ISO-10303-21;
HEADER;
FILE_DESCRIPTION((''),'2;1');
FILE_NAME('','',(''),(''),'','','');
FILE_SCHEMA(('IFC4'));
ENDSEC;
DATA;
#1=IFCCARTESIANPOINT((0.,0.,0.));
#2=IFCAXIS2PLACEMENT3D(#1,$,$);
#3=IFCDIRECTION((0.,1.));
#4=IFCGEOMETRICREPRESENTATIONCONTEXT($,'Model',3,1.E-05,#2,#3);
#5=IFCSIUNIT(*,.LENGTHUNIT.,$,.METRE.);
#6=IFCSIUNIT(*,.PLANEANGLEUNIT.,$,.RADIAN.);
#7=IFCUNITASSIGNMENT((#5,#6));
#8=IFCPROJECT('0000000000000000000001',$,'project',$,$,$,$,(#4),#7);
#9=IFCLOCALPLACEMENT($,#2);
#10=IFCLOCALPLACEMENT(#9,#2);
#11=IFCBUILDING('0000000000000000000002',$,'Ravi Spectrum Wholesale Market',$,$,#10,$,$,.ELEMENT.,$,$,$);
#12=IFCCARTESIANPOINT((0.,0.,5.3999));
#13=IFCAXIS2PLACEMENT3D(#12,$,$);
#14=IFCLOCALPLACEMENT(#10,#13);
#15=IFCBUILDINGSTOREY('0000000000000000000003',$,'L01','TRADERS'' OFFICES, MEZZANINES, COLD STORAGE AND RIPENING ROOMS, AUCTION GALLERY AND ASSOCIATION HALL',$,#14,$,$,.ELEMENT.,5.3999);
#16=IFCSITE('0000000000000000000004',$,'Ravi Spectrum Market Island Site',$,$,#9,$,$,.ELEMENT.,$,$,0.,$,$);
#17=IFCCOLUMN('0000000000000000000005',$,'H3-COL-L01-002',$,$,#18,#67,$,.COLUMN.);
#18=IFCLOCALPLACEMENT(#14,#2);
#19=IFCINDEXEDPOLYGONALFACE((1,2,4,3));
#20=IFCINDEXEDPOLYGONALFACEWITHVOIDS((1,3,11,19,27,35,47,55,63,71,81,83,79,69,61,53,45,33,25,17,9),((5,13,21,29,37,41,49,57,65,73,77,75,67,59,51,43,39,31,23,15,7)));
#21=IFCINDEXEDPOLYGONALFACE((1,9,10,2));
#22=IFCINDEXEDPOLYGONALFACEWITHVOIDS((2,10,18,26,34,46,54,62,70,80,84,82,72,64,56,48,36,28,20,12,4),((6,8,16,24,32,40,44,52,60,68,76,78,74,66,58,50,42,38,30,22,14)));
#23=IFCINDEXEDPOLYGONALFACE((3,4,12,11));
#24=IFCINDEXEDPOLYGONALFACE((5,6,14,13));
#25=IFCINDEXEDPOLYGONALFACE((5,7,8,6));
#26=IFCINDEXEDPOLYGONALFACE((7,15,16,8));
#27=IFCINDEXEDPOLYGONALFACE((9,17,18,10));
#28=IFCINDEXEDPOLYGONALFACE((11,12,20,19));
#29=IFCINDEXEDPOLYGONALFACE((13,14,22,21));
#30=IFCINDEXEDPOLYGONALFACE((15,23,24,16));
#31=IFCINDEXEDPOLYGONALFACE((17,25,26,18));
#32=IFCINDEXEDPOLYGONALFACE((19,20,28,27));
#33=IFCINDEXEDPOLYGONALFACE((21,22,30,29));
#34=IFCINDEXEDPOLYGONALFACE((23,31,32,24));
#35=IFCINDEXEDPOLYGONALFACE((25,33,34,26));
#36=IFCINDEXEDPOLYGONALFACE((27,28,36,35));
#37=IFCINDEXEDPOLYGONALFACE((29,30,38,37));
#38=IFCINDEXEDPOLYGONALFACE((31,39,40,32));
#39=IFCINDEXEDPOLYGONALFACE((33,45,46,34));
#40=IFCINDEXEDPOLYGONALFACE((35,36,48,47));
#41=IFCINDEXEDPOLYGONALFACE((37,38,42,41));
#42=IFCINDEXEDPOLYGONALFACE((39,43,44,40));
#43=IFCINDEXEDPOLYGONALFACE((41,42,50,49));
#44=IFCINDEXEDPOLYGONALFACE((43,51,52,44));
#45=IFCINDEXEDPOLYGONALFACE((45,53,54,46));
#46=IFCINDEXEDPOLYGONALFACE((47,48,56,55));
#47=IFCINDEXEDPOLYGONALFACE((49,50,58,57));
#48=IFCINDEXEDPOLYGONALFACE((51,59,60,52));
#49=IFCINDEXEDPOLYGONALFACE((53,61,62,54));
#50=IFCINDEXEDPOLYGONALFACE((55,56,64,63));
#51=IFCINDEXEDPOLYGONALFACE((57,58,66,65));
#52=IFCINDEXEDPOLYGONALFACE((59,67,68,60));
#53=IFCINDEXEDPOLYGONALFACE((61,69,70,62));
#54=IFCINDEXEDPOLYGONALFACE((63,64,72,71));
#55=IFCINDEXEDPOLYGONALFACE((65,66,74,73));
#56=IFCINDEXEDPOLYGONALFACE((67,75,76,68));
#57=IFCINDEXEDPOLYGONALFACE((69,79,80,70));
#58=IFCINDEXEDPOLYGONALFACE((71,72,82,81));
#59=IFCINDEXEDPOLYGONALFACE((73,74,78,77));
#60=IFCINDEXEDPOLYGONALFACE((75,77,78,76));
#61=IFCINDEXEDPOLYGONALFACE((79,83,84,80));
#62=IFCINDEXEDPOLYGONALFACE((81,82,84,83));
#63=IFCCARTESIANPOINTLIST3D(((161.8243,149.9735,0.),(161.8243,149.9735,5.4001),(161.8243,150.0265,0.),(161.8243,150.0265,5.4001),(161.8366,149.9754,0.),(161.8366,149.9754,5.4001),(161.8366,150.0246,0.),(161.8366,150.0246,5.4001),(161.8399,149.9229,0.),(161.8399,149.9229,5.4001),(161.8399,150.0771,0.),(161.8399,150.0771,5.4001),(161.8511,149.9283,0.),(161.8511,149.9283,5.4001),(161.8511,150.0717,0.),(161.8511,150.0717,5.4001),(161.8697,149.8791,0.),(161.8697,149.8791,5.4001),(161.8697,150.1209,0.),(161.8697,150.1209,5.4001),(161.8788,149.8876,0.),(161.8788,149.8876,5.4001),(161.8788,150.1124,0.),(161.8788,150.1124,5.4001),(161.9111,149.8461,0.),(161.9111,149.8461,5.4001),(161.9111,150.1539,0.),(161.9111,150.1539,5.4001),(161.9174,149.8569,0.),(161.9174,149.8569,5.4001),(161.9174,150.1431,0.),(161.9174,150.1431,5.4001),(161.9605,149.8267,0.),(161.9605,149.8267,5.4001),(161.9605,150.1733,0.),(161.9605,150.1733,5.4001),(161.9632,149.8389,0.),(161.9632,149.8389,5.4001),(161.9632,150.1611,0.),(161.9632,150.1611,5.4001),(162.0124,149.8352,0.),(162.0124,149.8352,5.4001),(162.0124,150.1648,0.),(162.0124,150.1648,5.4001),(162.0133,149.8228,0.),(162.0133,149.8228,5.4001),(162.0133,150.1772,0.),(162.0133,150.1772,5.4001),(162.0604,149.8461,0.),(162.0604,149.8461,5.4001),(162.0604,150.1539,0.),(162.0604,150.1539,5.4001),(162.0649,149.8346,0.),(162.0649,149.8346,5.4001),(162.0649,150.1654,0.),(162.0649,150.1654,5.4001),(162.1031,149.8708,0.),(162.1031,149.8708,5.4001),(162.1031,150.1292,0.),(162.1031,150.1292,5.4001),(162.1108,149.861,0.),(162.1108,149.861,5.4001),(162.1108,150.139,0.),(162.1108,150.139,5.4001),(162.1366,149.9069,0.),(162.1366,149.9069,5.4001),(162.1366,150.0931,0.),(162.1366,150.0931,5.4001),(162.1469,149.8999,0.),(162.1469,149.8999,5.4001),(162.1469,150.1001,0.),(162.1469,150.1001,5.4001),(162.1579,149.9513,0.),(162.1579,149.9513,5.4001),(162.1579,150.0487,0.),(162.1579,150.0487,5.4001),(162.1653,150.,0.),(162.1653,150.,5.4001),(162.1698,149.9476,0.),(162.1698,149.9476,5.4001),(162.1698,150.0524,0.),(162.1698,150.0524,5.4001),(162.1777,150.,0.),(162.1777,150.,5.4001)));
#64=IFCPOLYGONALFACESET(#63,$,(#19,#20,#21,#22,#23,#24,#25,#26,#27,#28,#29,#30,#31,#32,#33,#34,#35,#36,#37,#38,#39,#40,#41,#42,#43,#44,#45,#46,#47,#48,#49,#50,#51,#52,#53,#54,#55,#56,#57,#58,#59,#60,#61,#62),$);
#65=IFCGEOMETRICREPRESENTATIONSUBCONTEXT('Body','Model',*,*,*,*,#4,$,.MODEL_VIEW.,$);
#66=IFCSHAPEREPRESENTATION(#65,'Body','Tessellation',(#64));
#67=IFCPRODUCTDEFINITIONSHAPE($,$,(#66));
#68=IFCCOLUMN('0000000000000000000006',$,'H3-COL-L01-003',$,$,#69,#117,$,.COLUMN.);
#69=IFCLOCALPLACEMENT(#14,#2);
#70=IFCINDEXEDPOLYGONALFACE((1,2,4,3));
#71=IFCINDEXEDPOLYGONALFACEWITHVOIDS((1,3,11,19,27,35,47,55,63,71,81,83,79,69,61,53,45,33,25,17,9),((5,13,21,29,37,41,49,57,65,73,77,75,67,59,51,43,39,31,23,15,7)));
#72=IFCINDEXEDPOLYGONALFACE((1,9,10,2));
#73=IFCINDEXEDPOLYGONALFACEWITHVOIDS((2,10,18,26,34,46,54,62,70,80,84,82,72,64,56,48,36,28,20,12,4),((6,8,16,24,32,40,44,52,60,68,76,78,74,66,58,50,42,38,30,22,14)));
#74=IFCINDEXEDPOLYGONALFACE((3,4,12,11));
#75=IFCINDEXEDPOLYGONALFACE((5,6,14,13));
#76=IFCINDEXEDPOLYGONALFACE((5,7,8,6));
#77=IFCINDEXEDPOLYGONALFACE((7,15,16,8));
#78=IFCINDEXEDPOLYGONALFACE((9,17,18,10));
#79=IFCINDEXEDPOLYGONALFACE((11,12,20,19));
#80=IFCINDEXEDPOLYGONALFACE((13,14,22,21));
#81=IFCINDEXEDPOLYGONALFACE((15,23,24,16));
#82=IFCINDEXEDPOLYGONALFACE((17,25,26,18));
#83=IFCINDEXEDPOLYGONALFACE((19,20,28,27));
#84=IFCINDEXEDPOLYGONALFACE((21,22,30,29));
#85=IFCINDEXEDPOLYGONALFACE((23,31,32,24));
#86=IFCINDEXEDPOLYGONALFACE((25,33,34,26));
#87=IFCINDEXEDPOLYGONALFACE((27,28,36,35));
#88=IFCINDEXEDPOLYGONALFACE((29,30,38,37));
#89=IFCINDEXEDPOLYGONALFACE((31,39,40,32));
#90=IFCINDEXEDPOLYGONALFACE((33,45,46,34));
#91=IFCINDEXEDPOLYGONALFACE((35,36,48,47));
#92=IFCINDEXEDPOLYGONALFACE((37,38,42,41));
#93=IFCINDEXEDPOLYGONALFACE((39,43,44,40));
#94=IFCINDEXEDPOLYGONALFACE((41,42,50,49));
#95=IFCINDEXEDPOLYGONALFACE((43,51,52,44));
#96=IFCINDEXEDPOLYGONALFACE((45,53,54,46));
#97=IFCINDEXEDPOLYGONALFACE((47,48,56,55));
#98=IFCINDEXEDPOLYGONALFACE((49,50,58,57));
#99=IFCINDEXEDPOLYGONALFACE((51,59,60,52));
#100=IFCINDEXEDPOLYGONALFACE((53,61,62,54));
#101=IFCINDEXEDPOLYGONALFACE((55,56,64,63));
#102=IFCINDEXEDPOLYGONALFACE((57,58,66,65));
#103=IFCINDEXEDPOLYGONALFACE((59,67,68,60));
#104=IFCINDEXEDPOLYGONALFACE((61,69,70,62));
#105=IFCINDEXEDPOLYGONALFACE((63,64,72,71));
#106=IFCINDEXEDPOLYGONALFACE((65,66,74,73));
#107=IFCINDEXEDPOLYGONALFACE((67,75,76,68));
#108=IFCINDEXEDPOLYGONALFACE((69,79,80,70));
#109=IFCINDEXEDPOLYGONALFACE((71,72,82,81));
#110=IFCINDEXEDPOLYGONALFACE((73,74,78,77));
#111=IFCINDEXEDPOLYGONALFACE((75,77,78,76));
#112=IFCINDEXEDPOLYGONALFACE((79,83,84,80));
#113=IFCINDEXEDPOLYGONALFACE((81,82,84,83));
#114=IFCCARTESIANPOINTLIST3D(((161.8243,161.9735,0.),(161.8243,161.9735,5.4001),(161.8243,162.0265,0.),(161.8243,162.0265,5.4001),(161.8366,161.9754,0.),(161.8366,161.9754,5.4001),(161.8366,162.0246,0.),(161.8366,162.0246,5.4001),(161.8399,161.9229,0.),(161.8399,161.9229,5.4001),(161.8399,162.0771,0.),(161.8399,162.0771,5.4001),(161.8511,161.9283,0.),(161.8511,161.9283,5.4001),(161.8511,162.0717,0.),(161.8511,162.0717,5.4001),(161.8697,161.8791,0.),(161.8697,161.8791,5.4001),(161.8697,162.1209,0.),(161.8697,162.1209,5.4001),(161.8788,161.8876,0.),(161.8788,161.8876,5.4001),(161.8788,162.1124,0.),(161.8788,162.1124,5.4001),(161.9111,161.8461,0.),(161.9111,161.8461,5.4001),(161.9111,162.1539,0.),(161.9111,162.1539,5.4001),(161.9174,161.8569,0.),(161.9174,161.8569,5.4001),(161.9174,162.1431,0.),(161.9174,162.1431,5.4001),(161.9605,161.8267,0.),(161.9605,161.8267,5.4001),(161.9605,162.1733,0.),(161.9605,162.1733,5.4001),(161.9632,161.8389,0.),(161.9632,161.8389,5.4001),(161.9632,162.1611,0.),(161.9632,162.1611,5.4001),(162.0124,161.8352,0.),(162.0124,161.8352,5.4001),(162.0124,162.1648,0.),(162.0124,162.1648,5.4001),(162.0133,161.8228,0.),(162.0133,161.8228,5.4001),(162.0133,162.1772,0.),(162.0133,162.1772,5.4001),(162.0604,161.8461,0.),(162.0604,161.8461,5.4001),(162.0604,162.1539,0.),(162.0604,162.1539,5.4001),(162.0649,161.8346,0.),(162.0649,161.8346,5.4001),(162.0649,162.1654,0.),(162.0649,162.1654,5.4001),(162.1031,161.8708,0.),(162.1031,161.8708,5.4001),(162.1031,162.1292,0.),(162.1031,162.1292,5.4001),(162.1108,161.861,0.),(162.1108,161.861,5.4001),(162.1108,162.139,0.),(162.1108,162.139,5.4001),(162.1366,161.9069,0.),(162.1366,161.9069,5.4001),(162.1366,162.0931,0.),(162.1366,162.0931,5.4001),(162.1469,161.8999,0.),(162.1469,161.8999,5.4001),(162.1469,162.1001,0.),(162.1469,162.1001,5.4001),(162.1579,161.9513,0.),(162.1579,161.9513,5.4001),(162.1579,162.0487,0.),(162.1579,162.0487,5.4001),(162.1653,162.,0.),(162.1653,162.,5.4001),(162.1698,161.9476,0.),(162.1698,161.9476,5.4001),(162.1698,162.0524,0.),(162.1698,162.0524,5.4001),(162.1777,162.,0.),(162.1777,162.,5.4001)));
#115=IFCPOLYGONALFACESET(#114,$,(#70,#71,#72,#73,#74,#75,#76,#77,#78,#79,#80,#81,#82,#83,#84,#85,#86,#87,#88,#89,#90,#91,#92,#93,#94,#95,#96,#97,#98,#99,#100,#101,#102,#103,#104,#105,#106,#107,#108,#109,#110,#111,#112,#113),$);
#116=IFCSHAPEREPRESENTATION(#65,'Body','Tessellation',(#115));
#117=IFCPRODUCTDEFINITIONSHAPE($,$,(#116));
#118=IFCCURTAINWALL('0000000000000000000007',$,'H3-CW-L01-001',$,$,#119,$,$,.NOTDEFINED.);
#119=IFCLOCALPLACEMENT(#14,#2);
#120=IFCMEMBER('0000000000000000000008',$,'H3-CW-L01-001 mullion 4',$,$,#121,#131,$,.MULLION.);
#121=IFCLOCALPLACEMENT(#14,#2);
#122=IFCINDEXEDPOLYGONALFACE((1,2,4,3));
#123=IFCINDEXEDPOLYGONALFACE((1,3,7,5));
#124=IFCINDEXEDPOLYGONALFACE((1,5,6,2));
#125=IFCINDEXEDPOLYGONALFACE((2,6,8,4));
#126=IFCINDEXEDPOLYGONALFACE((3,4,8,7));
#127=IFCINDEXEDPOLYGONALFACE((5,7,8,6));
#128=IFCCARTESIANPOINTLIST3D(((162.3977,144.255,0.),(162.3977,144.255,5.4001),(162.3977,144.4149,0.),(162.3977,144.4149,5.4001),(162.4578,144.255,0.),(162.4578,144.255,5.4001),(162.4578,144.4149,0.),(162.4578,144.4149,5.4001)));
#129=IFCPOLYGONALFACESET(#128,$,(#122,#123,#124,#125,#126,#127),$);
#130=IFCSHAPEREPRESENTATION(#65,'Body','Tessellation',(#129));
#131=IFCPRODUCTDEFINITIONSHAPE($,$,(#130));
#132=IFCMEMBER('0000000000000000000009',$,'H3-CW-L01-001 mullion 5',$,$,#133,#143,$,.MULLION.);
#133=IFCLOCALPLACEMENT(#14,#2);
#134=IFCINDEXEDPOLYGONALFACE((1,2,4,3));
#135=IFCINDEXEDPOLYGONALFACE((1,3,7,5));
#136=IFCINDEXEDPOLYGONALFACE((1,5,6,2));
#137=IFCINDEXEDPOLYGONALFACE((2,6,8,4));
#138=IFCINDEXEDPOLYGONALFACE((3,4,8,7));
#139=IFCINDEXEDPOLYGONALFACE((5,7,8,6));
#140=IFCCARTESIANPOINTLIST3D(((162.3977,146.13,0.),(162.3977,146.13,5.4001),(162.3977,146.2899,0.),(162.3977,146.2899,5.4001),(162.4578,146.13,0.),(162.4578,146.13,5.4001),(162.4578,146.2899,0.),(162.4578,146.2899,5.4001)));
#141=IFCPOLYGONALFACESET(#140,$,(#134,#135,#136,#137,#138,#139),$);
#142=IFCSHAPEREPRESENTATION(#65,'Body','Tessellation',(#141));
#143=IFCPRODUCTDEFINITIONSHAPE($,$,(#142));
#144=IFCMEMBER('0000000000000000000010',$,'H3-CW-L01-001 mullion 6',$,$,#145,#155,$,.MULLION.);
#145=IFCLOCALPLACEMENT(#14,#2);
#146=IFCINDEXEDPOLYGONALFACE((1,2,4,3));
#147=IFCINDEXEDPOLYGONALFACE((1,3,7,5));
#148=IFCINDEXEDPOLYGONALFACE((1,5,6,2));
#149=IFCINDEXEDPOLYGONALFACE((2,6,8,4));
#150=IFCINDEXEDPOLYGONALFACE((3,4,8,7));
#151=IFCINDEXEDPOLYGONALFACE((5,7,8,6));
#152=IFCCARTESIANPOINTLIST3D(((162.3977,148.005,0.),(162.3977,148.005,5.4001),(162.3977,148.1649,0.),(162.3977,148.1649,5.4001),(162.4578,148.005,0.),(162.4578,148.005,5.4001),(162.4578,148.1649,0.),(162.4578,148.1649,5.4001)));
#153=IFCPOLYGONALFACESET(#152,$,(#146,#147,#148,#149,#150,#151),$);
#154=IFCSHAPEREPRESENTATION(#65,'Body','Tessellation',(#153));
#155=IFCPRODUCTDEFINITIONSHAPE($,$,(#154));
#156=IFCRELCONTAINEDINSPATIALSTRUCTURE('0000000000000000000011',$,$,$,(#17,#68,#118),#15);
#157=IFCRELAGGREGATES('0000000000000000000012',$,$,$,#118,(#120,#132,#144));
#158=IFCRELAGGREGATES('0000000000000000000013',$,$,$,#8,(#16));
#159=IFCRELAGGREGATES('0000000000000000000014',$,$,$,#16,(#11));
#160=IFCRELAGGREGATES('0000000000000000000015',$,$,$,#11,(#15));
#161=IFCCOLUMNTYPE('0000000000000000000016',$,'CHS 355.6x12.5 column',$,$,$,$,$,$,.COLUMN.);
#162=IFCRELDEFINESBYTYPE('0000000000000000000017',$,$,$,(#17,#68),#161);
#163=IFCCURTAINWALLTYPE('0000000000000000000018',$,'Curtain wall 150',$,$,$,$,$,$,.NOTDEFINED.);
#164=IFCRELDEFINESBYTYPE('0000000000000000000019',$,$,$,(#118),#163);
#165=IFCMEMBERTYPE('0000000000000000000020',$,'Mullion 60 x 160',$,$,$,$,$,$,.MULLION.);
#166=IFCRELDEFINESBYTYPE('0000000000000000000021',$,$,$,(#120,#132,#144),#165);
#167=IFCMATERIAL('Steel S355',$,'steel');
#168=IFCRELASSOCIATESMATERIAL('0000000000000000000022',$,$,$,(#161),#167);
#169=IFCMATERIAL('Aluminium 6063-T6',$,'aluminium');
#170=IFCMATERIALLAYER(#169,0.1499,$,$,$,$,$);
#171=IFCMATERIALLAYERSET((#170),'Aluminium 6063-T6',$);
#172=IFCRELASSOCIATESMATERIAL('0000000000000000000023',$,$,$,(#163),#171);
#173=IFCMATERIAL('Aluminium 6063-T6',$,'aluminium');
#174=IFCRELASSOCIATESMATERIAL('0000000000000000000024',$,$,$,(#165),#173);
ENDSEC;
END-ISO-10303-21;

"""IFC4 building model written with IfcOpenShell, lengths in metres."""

from ifc_helpers import new_model, si_unit, direction, frame, origin, origin_2d, place, context, subcontext, project, spatial, rectangle, hollow_circle, extrude, material, layer, layer_set, material_profile, profile_set, type_object, element, aggregate, save


model = new_model("IFC4")

# Units and contexts
model_context = context("Model", 3, precision=1e-05, world=origin(), true_north=direction((0.0, 1.0)))
body_context = subcontext(model_context, "Body", "Model", "MODEL_VIEW")
ifc_project = project(units=[si_unit("LENGTHUNIT", "METRE"), si_unit("PLANEANGLEUNIT", "RADIAN")], contexts=[model_context])

# Site, building, storey
site_placement = place(None, origin())
site = spatial("IfcSite", under=ifc_project, at=site_placement, Name="Ravi Spectrum Market Island Site", CompositionType="ELEMENT", RefElevation=0.0)
building_placement = place(site_placement, origin())
building = spatial("IfcBuilding", under=site, at=building_placement, Name="Ravi Spectrum Wholesale Market", CompositionType="ELEMENT")
storey_placement = place(building_placement, frame((0.0, 0.0, 5.3999)))
storey = spatial("IfcBuildingStorey", under=building, at=storey_placement, Name="L01", Description="TRADERS' OFFICES, MEZZANINES, COLD STORAGE AND RIPENING ROOMS, AUCTION GALLERY AND ASSOCIATION HALL", CompositionType="ELEMENT", Elevation=5.3999)

# Columns
ifc_material_1 = material(Name="Steel S355", Category="steel")
ifc_material_profile_1 = material_profile(ifc_material_1, hollow_circle(Radius=0.1777, WallThickness=0.0125, at=origin_2d()))
ifc_profile_set_1 = profile_set([ifc_material_profile_1], Name="Steel S355")
column_type = type_object("IfcColumnType", Name="CHS 355.6x12.5 column", PredefinedType="COLUMN", material=ifc_profile_set_1)
for number, where, z_axis, x_axis, name in (
    (1, (162.0, 150.0, 0.0), (0.0, 0.0, 1.0), (1.0, 0.0, 0.0), "H3-COL-L01-002"),
    (2, (162.0, 162.0, 0.0), (0.0, 0.0, 1.0), (1.0, 0.0, 0.0), "H3-COL-L01-003"),
):
    element("IfcColumn", number, at=place(storey_placement, frame(where, z_axis=z_axis, x_axis=x_axis)), inside=storey, type_object=column_type, Name=name, PredefinedType="COLUMN", context=body_context, shape_type="SweptSolid", body=[
        extrude(hollow_circle(Radius=0.1777, WallThickness=0.0125, at=origin_2d()), origin(), (0.0, 0.0, 1.0), 5.4001),
    ])

# Curtain wall, members
ifc_material_2 = material(Name="Aluminium 6063-T6", Category="aluminium")
ifc_layer_1 = layer(ifc_material_2, 0.1499)
ifc_layer_set_1 = layer_set([ifc_layer_1], Name="Aluminium 6063-T6")
curtain_wall_type = type_object("IfcCurtainWallType", Name="Curtain wall 150", PredefinedType="NOTDEFINED", material=ifc_layer_set_1)
curtain_wall_placement = place(storey_placement, origin())
curtain_wall = element("IfcCurtainWall", 3, at=curtain_wall_placement, inside=storey, type_object=curtain_wall_type, Name="H3-CW-L01-001", PredefinedType="NOTDEFINED")
ifc_material_3 = material(Name="Aluminium 6063-T6", Category="aluminium")
ifc_material_profile_2 = material_profile(ifc_material_3, rectangle(XDim=0.0601, YDim=0.1599, at=origin_2d()))
ifc_profile_set_2 = profile_set([ifc_material_profile_2], Name="Aluminium 6063-T6")
member_type_1 = type_object("IfcMemberType", Name="Mullion 60 x 160", PredefinedType="MULLION", material=ifc_profile_set_2)
member_1_placement = place(storey_placement, frame((162.4277, 144.335, 0.0), z_axis=(0.0, 0.0, 1.0), x_axis=(-1.0, 0.0, 0.0)))
member_1 = element("IfcMember", 4, at=member_1_placement, type_object=member_type_1, Name="H3-CW-L01-001 mullion 4", PredefinedType="MULLION", context=body_context, shape_type="SweptSolid", body=[
    extrude(rectangle(XDim=0.0601, YDim=0.1599, at=origin_2d()), origin(), (0.0, 0.0, 1.0), 5.4001),
])
member_2_placement = place(storey_placement, frame((162.4277, 146.21, 0.0), z_axis=(0.0, 0.0, 1.0), x_axis=(-1.0, 0.0, 0.0)))
member_2 = element("IfcMember", 5, at=member_2_placement, type_object=member_type_1, Name="H3-CW-L01-001 mullion 5", PredefinedType="MULLION", context=body_context, shape_type="SweptSolid", body=[
    extrude(rectangle(XDim=0.0601, YDim=0.1599, at=origin_2d()), origin(), (0.0, 0.0, 1.0), 5.4001),
])
member_3_placement = place(storey_placement, frame((162.4277, 148.085, 0.0), z_axis=(0.0, 0.0, 1.0), x_axis=(-1.0, 0.0, 0.0)))
member_3 = element("IfcMember", 6, at=member_3_placement, type_object=member_type_1, Name="H3-CW-L01-001 mullion 6", PredefinedType="MULLION", context=body_context, shape_type="SweptSolid", body=[
    extrude(rectangle(XDim=0.0601, YDim=0.1599, at=origin_2d()), origin(), (0.0, 0.0, 1.0), 5.4001),
])

aggregate(curtain_wall, [member_1, member_2, member_3])

save(model, "model.ifc")
